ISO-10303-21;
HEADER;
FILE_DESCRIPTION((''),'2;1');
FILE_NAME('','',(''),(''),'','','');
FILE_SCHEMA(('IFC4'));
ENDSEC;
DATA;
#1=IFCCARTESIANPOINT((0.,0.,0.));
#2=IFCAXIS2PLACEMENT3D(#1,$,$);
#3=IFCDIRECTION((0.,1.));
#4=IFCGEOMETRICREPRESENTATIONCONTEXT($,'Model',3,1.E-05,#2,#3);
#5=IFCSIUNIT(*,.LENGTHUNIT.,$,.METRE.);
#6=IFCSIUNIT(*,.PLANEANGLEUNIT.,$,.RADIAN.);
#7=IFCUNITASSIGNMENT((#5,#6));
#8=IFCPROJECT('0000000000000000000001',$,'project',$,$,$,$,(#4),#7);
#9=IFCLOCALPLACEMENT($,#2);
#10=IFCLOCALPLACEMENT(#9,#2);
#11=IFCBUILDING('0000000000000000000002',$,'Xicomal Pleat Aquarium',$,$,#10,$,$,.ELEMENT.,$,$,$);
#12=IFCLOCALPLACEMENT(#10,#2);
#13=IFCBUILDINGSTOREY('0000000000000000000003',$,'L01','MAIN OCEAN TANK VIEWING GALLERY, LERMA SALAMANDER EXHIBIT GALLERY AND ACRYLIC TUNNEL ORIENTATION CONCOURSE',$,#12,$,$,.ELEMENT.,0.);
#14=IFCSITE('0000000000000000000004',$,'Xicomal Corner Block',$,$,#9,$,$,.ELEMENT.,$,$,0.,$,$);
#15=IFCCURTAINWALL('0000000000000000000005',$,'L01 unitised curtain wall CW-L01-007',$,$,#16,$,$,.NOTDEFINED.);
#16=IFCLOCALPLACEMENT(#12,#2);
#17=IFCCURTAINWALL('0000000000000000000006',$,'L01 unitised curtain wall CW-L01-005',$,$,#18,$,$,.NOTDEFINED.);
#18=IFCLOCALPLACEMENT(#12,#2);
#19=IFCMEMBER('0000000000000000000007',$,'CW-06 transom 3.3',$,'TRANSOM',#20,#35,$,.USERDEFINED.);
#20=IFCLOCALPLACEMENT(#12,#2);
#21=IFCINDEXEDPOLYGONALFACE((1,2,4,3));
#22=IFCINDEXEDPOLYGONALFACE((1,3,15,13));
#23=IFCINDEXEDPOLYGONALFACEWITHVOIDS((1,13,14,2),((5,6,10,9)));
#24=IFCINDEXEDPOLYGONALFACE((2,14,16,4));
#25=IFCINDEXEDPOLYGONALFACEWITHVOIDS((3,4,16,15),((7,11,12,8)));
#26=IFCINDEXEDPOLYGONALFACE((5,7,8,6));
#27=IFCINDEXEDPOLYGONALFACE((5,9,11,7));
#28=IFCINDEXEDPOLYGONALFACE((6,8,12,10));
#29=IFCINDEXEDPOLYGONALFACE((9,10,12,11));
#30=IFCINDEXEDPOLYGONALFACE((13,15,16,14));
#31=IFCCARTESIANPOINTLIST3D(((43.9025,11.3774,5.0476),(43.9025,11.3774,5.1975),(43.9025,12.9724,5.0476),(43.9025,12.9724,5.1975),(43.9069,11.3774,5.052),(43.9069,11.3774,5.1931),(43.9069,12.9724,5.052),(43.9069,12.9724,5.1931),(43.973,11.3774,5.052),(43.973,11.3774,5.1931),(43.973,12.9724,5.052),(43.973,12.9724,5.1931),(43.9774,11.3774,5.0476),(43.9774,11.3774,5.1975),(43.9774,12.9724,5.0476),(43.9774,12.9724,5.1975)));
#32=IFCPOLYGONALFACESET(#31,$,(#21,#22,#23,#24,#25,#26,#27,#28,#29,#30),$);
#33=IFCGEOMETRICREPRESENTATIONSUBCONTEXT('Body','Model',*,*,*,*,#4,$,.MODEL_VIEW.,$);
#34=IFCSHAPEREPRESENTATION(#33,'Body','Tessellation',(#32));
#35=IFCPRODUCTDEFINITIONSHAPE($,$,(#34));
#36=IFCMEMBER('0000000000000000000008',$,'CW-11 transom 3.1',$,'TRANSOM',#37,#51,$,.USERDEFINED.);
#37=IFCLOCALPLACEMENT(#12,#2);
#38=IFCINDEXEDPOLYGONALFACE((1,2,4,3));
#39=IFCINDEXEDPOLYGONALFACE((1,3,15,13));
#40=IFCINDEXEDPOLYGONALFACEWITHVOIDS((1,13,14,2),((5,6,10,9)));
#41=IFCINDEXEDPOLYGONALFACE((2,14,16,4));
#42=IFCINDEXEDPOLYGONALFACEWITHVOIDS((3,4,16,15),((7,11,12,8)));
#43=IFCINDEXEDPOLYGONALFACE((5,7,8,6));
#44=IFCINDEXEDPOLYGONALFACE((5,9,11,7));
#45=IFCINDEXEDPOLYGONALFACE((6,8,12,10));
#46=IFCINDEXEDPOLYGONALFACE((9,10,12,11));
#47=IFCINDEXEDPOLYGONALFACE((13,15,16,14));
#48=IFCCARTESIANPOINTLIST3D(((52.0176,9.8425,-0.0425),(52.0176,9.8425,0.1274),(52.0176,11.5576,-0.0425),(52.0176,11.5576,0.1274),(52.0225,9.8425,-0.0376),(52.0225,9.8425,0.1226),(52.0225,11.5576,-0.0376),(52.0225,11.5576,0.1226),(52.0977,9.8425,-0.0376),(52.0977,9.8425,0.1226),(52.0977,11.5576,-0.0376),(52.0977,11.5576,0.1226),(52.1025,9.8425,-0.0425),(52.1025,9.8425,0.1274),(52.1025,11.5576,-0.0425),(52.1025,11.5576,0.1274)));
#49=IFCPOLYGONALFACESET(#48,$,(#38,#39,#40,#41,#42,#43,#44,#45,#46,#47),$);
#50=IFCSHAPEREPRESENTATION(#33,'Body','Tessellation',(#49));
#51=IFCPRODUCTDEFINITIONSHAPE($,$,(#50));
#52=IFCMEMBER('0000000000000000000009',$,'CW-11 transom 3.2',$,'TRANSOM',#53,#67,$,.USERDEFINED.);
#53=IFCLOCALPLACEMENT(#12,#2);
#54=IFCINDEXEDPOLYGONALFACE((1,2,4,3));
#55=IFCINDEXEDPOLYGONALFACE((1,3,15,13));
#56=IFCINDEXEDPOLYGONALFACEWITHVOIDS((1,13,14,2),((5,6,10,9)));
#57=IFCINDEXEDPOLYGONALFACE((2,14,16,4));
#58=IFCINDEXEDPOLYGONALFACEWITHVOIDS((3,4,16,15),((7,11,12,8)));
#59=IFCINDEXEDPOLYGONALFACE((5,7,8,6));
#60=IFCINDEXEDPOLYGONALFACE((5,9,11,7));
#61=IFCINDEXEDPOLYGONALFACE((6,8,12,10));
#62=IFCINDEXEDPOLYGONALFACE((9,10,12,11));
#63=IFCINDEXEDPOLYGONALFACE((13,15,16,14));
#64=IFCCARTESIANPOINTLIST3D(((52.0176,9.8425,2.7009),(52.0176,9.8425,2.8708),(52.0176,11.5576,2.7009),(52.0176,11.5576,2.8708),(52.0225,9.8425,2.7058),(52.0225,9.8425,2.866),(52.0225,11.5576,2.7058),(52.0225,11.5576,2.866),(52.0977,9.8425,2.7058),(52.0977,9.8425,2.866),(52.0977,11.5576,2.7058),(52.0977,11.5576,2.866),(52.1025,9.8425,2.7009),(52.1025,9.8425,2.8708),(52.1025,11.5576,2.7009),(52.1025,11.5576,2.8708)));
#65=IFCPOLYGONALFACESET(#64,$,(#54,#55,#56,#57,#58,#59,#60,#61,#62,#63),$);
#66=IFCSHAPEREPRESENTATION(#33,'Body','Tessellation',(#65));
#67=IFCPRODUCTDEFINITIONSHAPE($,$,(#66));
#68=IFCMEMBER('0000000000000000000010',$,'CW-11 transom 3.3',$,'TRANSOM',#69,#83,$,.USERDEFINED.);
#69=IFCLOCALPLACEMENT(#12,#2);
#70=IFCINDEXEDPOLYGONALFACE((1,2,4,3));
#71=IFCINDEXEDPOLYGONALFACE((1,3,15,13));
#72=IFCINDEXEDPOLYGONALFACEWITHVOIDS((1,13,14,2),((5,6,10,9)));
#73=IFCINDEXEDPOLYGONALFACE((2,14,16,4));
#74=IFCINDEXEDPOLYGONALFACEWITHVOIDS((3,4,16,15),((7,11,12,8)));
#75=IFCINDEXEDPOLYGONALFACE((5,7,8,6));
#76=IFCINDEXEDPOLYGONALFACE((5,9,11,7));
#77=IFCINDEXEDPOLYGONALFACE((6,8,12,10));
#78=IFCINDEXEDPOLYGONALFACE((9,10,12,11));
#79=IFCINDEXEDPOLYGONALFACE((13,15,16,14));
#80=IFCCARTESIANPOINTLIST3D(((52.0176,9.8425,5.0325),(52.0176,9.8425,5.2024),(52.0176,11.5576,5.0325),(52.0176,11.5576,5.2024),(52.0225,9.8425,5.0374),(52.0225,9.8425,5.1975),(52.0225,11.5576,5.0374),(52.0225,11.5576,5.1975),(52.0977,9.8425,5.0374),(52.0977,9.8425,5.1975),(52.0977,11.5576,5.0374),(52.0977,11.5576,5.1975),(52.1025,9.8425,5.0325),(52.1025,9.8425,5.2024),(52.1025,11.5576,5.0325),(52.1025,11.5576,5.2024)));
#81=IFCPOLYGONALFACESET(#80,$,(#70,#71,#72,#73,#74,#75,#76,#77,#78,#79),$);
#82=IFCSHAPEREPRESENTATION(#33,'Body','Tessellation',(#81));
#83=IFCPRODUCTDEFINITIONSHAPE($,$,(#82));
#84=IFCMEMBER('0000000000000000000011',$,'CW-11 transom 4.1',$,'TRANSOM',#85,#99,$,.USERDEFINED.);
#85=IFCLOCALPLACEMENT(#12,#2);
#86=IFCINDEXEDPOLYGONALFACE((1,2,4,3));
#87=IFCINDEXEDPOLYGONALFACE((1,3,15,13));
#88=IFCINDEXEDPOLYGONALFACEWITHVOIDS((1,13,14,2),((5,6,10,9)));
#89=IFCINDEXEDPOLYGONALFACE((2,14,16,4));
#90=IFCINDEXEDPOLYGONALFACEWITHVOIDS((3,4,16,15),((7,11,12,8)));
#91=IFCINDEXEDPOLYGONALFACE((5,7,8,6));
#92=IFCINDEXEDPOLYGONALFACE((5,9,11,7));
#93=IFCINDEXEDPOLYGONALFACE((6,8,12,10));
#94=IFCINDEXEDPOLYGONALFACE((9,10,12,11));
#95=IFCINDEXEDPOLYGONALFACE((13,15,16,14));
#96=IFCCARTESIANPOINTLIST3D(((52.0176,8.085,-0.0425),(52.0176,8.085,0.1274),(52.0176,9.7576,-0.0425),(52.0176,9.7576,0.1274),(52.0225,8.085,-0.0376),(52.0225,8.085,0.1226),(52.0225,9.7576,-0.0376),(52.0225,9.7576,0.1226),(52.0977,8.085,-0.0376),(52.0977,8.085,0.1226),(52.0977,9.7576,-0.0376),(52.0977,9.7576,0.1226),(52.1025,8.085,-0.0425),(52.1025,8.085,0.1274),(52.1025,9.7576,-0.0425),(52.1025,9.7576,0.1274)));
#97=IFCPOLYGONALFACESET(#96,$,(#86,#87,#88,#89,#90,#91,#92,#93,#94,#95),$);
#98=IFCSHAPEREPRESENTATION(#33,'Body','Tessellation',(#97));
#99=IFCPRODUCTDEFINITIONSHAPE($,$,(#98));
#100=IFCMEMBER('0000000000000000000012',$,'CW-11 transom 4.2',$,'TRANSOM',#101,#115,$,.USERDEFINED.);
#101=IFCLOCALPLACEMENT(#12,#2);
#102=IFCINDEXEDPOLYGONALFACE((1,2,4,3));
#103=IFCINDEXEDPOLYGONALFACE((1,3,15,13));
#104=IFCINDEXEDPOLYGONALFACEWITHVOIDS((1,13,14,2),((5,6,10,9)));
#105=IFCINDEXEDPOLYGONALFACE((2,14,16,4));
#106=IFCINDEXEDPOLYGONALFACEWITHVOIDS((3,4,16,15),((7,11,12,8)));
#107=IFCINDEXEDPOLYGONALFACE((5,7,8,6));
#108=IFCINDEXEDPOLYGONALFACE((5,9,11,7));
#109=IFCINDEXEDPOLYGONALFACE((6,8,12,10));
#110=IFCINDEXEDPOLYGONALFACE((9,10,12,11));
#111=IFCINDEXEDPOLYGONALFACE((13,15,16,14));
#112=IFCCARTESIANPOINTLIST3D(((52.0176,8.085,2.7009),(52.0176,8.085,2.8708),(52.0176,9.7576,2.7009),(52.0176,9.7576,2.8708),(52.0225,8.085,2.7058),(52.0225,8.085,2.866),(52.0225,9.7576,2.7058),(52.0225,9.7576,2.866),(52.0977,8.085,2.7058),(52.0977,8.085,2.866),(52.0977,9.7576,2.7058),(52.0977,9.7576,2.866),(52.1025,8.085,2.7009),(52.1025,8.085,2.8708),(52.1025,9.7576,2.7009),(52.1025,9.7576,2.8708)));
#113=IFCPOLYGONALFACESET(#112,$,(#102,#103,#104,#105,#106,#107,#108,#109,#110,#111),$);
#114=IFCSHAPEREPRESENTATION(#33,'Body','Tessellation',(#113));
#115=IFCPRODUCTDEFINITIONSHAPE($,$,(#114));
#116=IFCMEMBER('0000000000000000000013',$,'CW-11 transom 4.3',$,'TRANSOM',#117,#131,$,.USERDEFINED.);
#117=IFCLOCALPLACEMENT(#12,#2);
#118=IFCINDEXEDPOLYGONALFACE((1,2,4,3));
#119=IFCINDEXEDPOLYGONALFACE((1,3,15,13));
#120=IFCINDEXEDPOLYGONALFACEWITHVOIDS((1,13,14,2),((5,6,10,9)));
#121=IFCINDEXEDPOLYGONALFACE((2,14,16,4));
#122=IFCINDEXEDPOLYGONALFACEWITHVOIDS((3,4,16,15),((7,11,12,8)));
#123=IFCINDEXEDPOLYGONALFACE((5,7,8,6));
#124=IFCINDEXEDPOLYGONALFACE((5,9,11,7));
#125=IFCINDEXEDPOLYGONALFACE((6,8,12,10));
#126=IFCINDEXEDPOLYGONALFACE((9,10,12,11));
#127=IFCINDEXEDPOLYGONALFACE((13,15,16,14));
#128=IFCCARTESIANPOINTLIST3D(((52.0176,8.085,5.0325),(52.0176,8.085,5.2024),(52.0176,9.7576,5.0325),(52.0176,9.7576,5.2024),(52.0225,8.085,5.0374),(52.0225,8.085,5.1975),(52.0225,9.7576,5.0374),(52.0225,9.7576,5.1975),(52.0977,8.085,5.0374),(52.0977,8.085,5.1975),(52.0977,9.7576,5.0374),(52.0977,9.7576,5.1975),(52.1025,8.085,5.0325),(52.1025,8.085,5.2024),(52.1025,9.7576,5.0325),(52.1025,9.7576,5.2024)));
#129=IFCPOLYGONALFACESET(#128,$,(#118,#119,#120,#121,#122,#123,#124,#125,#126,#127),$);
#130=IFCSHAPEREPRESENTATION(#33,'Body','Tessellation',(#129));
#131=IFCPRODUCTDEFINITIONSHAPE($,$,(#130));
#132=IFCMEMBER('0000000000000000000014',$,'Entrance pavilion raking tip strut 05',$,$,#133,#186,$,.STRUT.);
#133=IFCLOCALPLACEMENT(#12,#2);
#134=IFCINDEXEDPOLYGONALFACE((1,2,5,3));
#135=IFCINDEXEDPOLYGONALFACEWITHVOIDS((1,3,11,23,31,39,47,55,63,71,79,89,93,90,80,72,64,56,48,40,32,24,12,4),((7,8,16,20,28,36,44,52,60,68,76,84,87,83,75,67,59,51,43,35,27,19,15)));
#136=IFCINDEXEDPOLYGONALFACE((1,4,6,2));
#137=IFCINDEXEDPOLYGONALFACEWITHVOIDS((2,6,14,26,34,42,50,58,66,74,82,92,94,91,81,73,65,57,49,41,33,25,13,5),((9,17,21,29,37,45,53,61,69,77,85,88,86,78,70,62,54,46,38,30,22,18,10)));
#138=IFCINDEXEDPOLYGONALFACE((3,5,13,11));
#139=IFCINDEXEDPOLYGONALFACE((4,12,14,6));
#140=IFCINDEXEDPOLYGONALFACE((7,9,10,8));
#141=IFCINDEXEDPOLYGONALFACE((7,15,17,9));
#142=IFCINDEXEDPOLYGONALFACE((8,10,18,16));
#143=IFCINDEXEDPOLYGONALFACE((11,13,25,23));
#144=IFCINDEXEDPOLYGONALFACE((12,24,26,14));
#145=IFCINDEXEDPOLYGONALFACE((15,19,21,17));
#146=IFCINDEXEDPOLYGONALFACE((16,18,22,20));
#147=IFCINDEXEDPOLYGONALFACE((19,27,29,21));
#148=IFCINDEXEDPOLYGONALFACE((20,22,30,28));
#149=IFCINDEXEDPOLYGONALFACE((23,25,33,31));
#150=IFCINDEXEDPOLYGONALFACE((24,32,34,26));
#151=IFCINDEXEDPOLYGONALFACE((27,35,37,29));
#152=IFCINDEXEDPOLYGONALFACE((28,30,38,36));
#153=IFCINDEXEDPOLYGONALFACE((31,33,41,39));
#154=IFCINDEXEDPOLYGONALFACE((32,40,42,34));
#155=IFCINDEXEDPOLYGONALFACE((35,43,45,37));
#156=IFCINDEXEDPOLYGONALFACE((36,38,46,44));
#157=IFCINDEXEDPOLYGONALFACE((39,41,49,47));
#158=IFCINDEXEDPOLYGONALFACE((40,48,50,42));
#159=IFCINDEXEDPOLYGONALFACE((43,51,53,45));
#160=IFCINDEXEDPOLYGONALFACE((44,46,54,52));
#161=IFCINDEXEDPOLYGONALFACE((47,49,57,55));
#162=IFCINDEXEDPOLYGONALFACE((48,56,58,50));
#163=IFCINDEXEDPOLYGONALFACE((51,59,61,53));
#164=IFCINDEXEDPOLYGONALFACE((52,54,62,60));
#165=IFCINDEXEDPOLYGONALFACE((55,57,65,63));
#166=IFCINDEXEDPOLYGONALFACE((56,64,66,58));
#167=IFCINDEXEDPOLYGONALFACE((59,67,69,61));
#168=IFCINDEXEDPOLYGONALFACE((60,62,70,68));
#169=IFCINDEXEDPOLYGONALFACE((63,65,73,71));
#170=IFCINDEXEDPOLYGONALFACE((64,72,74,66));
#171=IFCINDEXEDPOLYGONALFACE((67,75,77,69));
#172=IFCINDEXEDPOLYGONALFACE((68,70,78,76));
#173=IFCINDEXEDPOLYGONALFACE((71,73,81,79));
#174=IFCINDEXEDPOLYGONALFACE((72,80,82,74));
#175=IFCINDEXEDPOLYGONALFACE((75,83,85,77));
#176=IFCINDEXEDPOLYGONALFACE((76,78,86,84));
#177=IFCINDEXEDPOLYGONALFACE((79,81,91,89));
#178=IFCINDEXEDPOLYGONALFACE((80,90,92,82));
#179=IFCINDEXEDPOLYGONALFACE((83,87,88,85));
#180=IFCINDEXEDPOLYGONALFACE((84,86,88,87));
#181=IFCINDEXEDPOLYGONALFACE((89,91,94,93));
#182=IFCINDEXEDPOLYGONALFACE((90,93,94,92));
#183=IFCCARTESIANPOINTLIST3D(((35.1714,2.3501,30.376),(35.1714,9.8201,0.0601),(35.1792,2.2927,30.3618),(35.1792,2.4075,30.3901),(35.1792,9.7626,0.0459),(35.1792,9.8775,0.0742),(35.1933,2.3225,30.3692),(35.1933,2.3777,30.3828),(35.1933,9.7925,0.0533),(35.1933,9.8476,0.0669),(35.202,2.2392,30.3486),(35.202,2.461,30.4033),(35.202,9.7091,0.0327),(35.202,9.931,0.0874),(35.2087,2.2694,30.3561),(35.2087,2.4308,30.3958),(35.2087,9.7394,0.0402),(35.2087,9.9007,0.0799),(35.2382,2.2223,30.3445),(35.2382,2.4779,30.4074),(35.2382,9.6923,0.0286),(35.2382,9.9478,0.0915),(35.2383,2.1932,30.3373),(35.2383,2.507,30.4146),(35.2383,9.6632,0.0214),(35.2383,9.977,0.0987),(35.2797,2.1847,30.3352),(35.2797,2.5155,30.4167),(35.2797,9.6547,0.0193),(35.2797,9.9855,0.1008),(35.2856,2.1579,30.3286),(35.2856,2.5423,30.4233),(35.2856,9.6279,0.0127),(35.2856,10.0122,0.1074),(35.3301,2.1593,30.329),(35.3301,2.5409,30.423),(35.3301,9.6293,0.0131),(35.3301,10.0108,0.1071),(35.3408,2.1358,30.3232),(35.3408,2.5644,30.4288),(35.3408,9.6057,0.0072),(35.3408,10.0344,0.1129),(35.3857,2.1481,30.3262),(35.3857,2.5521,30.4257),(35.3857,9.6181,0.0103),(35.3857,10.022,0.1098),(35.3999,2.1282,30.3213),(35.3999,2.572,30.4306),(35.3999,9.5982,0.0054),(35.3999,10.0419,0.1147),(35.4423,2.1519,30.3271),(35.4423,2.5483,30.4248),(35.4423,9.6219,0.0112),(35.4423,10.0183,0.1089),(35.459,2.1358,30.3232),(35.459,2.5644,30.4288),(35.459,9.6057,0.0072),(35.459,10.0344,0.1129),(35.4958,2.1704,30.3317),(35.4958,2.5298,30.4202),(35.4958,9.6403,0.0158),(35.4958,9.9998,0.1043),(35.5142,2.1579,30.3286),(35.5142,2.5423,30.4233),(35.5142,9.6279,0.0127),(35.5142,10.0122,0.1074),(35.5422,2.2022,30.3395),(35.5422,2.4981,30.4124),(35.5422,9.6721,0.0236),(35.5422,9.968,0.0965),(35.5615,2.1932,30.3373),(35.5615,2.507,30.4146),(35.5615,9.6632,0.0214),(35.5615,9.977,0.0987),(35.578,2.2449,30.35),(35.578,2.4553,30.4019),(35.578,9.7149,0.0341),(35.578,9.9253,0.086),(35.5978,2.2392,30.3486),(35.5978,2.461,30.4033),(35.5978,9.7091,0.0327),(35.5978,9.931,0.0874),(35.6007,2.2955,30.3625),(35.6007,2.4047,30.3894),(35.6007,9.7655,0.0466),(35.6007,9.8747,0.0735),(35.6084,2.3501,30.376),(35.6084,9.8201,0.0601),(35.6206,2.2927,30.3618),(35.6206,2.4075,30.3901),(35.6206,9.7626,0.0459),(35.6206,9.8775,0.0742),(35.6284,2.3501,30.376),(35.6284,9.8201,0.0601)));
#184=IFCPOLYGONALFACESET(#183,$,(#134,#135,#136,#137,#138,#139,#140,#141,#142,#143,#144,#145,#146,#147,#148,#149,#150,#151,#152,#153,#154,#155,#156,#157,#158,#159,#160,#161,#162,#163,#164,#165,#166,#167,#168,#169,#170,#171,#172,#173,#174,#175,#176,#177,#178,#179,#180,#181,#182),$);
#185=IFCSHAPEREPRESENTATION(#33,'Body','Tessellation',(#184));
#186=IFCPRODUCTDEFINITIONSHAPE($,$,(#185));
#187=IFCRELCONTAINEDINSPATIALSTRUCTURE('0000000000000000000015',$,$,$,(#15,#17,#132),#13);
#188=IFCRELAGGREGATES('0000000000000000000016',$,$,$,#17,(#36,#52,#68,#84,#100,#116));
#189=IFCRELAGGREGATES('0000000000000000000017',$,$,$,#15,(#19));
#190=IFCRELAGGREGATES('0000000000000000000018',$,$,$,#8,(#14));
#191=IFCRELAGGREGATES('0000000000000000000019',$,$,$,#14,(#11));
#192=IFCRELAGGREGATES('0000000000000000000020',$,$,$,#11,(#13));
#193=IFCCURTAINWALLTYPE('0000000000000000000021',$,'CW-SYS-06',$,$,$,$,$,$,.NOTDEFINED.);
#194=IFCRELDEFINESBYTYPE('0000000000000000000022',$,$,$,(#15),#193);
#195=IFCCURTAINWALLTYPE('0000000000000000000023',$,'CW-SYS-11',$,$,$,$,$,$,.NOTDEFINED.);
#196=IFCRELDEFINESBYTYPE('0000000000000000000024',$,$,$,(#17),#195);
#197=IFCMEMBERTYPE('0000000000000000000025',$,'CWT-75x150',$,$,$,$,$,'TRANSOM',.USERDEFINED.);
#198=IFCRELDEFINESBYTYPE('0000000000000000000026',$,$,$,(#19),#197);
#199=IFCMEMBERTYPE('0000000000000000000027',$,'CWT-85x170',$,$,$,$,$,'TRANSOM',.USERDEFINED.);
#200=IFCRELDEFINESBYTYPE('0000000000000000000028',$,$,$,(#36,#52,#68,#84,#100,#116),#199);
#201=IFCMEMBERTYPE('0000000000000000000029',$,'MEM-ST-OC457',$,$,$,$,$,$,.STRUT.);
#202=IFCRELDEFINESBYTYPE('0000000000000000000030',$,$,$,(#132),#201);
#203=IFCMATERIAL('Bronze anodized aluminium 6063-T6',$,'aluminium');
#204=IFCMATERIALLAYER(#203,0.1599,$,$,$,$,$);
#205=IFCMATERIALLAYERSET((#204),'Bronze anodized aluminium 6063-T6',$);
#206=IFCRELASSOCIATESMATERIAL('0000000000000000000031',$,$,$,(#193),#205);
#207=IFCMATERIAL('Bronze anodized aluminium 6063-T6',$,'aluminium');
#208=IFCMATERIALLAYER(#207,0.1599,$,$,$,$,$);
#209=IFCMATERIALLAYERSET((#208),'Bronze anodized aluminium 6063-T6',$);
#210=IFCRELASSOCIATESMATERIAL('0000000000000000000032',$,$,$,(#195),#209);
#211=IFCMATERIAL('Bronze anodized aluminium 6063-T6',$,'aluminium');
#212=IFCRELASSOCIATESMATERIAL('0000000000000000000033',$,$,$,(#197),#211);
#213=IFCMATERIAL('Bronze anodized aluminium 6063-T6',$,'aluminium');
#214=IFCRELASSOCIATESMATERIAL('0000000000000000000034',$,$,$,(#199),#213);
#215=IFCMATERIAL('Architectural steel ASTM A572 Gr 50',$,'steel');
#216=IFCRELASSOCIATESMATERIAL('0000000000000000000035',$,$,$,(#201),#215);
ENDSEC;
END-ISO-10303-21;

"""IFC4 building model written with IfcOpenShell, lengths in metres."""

from ifc_helpers import new_model, si_unit, direction, frame, origin, origin_2d, place, context, subcontext, project, spatial, hollow_rectangle, hollow_circle, extrude, material, layer, layer_set, material_profile, profile_set, type_object, element, aggregate, save


model = new_model("IFC4")

# Units and contexts
model_context = context("Model", 3, precision=1e-05, world=origin(), true_north=direction((0.0, 1.0)))
body_context = subcontext(model_context, "Body", "Model", "MODEL_VIEW")
ifc_project = project(units=[si_unit("LENGTHUNIT", "METRE"), si_unit("PLANEANGLEUNIT", "RADIAN")], contexts=[model_context])

# Site, building, storey
site_placement = place(None, origin())
site = spatial("IfcSite", under=ifc_project, at=site_placement, Name="Xicomal Corner Block", CompositionType="ELEMENT", RefElevation=0.0)
building_placement = place(site_placement, origin())
building = spatial("IfcBuilding", under=site, at=building_placement, Name="Xicomal Pleat Aquarium", CompositionType="ELEMENT")
storey_placement = place(building_placement, origin())
storey = spatial("IfcBuildingStorey", under=building, at=storey_placement, Name="L01", Description="MAIN OCEAN TANK VIEWING GALLERY, LERMA SALAMANDER EXHIBIT GALLERY AND ACRYLIC TUNNEL ORIENTATION CONCOURSE", CompositionType="ELEMENT", Elevation=0.0)

# Curtain wall
ifc_material_1 = material(Name="Bronze anodized aluminium 6063-T6", Category="aluminium")
ifc_layer_1 = layer(ifc_material_1, 0.1599)
ifc_layer_set_1 = layer_set([ifc_layer_1], Name="Bronze anodized aluminium 6063-T6")
curtain_wall_type_1 = type_object("IfcCurtainWallType", Name="CW-SYS-06", PredefinedType="NOTDEFINED", material=ifc_layer_set_1)
curtain_wall_1_placement = place(storey_placement, origin())
curtain_wall_1 = element("IfcCurtainWall", 1, at=curtain_wall_1_placement, inside=storey, type_object=curtain_wall_type_1, Name="L01 unitised curtain wall CW-L01-007", PredefinedType="NOTDEFINED")

# Curtain wall
ifc_material_2 = material(Name="Bronze anodized aluminium 6063-T6", Category="aluminium")
ifc_layer_2 = layer(ifc_material_2, 0.1599)
ifc_layer_set_2 = layer_set([ifc_layer_2], Name="Bronze anodized aluminium 6063-T6")
curtain_wall_type_2 = type_object("IfcCurtainWallType", Name="CW-SYS-11", PredefinedType="NOTDEFINED", material=ifc_layer_set_2)
curtain_wall_2_placement = place(storey_placement, origin())
curtain_wall_2 = element("IfcCurtainWall", 2, at=curtain_wall_2_placement, inside=storey, type_object=curtain_wall_type_2, Name="L01 unitised curtain wall CW-L01-005", PredefinedType="NOTDEFINED")

# Members
ifc_material_3 = material(Name="Bronze anodized aluminium 6063-T6", Category="aluminium")
ifc_material_profile_1 = material_profile(ifc_material_3, hollow_rectangle(XDim=0.075, YDim=0.1499, WallThickness=0.0044, at=origin_2d()), Name="ALU TRAN 75x150")
ifc_profile_set_1 = profile_set([ifc_material_profile_1], Name="Bronze anodized aluminium 6063-T6")
member_type_1 = type_object("IfcMemberType", Name="CWT-75x150", ElementType="TRANSOM", PredefinedType="USERDEFINED", material=ifc_profile_set_1)
member_1_placement = place(storey_placement, frame((43.9399, 11.3774, 5.1226), z_axis=(0.0, 1.0, 0.0), x_axis=(-1.0, 0.0, 0.0)))
member_1 = element("IfcMember", 3, at=member_1_placement, type_object=member_type_1, Name="CW-06 transom 3.3", ObjectType="TRANSOM", PredefinedType="USERDEFINED", context=body_context, shape_type="SweptSolid", body=[
    extrude(hollow_rectangle(XDim=0.075, YDim=0.1499, WallThickness=0.0044, at=origin_2d()), origin(), (0.0, 0.0, 1.0), 1.595),
])
ifc_material_4 = material(Name="Bronze anodized aluminium 6063-T6", Category="aluminium")
ifc_material_profile_2 = material_profile(ifc_material_4, hollow_rectangle(XDim=0.085, YDim=0.1699, WallThickness=0.0049, at=origin_2d()), Name="ALU TRAN 85x170")
ifc_profile_set_2 = profile_set([ifc_material_profile_2], Name="Bronze anodized aluminium 6063-T6")
member_type_2 = type_object("IfcMemberType", Name="CWT-85x170", ElementType="TRANSOM", PredefinedType="USERDEFINED", material=ifc_profile_set_2)
member_2_placement = place(storey_placement, frame((52.0601, 11.5576, 0.0425), z_axis=(0.0, -1.0, 0.0), x_axis=(1.0, 0.0, 0.0)))
member_2 = element("IfcMember", 4, at=member_2_placement, type_object=member_type_2, Name="CW-11 transom 3.1", ObjectType="TRANSOM", PredefinedType="USERDEFINED", context=body_context, shape_type="SweptSolid", body=[
    extrude(hollow_rectangle(XDim=0.085, YDim=0.1699, WallThickness=0.0049, at=origin_2d()), origin(), (0.0, 0.0, 1.0), 1.7151),
])
member_3_placement = place(storey_placement, frame((52.0601, 11.5576, 2.7859), z_axis=(0.0, -1.0, 0.0), x_axis=(1.0, 0.0, 0.0)))
member_3 = element("IfcMember", 5, at=member_3_placement, type_object=member_type_2, Name="CW-11 transom 3.2", ObjectType="TRANSOM", PredefinedType="USERDEFINED", context=body_context, shape_type="SweptSolid", body=[
    extrude(hollow_rectangle(XDim=0.085, YDim=0.1699, WallThickness=0.0049, at=origin_2d()), origin(), (0.0, 0.0, 1.0), 1.7151),
])
member_4_placement = place(storey_placement, frame((52.0601, 11.5576, 5.1174), z_axis=(0.0, -1.0, 0.0), x_axis=(1.0, 0.0, 0.0)))
member_4 = element("IfcMember", 6, at=member_4_placement, type_object=member_type_2, Name="CW-11 transom 3.3", ObjectType="TRANSOM", PredefinedType="USERDEFINED", context=body_context, shape_type="SweptSolid", body=[
    extrude(hollow_rectangle(XDim=0.085, YDim=0.1699, WallThickness=0.0049, at=origin_2d()), origin(), (0.0, 0.0, 1.0), 1.7151),
])
member_5_placement = place(storey_placement, frame((52.0601, 9.7576, 0.0425), z_axis=(0.0, -1.0, 0.0), x_axis=(1.0, 0.0, 0.0)))
member_5 = element("IfcMember", 7, at=member_5_placement, type_object=member_type_2, Name="CW-11 transom 4.1", ObjectType="TRANSOM", PredefinedType="USERDEFINED", context=body_context, shape_type="SweptSolid", body=[
    extrude(hollow_rectangle(XDim=0.085, YDim=0.1699, WallThickness=0.0049, at=origin_2d()), origin(), (0.0, 0.0, 1.0), 1.6726),
])
member_6_placement = place(storey_placement, frame((52.0601, 9.7576, 2.7859), z_axis=(0.0, -1.0, 0.0), x_axis=(1.0, 0.0, 0.0)))
member_6 = element("IfcMember", 8, at=member_6_placement, type_object=member_type_2, Name="CW-11 transom 4.2", ObjectType="TRANSOM", PredefinedType="USERDEFINED", context=body_context, shape_type="SweptSolid", body=[
    extrude(hollow_rectangle(XDim=0.085, YDim=0.1699, WallThickness=0.0049, at=origin_2d()), origin(), (0.0, 0.0, 1.0), 1.6726),
])
member_7_placement = place(storey_placement, frame((52.0601, 9.7576, 5.1174), z_axis=(0.0, -1.0, 0.0), x_axis=(1.0, 0.0, 0.0)))
member_7 = element("IfcMember", 9, at=member_7_placement, type_object=member_type_2, Name="CW-11 transom 4.3", ObjectType="TRANSOM", PredefinedType="USERDEFINED", context=body_context, shape_type="SweptSolid", body=[
    extrude(hollow_rectangle(XDim=0.085, YDim=0.1699, WallThickness=0.0049, at=origin_2d()), origin(), (0.0, 0.0, 1.0), 1.6726),
])
ifc_material_5 = material(Name="Architectural steel ASTM A572 Gr 50", Category="steel")
ifc_material_profile_3 = material_profile(ifc_material_5, hollow_circle(Radius=0.2285, WallThickness=0.02, at=origin_2d()), Name="OC 457x20")
ifc_profile_set_3 = profile_set([ifc_material_profile_3], Name="Architectural steel ASTM A572 Gr 50")
member_type_3 = type_object("IfcMemberType", Name="MEM-ST-OC457", PredefinedType="STRUT", material=ifc_profile_set_3)
member_8_placement = place(storey_placement, frame((35.3999, 9.8201, 0.0601), z_axis=(0.0, -0.239248, 0.970958), x_axis=(1.0, 0.0, 0.0)))
element("IfcMember", 10, at=member_8_placement, inside=storey, type_object=member_type_3, Name="Entrance pavilion raking tip strut 05", PredefinedType="STRUT", context=body_context, shape_type="SweptSolid", body=[
    extrude(hollow_circle(Radius=0.2285, WallThickness=0.02, at=origin_2d()), origin(), (0.0, 0.0, 1.0), 31.2227),
])

aggregate(curtain_wall_2, [member_2, member_3, member_4, member_5, member_6, member_7])
aggregate(curtain_wall_1, [member_1])

save(model, "model.ifc")
